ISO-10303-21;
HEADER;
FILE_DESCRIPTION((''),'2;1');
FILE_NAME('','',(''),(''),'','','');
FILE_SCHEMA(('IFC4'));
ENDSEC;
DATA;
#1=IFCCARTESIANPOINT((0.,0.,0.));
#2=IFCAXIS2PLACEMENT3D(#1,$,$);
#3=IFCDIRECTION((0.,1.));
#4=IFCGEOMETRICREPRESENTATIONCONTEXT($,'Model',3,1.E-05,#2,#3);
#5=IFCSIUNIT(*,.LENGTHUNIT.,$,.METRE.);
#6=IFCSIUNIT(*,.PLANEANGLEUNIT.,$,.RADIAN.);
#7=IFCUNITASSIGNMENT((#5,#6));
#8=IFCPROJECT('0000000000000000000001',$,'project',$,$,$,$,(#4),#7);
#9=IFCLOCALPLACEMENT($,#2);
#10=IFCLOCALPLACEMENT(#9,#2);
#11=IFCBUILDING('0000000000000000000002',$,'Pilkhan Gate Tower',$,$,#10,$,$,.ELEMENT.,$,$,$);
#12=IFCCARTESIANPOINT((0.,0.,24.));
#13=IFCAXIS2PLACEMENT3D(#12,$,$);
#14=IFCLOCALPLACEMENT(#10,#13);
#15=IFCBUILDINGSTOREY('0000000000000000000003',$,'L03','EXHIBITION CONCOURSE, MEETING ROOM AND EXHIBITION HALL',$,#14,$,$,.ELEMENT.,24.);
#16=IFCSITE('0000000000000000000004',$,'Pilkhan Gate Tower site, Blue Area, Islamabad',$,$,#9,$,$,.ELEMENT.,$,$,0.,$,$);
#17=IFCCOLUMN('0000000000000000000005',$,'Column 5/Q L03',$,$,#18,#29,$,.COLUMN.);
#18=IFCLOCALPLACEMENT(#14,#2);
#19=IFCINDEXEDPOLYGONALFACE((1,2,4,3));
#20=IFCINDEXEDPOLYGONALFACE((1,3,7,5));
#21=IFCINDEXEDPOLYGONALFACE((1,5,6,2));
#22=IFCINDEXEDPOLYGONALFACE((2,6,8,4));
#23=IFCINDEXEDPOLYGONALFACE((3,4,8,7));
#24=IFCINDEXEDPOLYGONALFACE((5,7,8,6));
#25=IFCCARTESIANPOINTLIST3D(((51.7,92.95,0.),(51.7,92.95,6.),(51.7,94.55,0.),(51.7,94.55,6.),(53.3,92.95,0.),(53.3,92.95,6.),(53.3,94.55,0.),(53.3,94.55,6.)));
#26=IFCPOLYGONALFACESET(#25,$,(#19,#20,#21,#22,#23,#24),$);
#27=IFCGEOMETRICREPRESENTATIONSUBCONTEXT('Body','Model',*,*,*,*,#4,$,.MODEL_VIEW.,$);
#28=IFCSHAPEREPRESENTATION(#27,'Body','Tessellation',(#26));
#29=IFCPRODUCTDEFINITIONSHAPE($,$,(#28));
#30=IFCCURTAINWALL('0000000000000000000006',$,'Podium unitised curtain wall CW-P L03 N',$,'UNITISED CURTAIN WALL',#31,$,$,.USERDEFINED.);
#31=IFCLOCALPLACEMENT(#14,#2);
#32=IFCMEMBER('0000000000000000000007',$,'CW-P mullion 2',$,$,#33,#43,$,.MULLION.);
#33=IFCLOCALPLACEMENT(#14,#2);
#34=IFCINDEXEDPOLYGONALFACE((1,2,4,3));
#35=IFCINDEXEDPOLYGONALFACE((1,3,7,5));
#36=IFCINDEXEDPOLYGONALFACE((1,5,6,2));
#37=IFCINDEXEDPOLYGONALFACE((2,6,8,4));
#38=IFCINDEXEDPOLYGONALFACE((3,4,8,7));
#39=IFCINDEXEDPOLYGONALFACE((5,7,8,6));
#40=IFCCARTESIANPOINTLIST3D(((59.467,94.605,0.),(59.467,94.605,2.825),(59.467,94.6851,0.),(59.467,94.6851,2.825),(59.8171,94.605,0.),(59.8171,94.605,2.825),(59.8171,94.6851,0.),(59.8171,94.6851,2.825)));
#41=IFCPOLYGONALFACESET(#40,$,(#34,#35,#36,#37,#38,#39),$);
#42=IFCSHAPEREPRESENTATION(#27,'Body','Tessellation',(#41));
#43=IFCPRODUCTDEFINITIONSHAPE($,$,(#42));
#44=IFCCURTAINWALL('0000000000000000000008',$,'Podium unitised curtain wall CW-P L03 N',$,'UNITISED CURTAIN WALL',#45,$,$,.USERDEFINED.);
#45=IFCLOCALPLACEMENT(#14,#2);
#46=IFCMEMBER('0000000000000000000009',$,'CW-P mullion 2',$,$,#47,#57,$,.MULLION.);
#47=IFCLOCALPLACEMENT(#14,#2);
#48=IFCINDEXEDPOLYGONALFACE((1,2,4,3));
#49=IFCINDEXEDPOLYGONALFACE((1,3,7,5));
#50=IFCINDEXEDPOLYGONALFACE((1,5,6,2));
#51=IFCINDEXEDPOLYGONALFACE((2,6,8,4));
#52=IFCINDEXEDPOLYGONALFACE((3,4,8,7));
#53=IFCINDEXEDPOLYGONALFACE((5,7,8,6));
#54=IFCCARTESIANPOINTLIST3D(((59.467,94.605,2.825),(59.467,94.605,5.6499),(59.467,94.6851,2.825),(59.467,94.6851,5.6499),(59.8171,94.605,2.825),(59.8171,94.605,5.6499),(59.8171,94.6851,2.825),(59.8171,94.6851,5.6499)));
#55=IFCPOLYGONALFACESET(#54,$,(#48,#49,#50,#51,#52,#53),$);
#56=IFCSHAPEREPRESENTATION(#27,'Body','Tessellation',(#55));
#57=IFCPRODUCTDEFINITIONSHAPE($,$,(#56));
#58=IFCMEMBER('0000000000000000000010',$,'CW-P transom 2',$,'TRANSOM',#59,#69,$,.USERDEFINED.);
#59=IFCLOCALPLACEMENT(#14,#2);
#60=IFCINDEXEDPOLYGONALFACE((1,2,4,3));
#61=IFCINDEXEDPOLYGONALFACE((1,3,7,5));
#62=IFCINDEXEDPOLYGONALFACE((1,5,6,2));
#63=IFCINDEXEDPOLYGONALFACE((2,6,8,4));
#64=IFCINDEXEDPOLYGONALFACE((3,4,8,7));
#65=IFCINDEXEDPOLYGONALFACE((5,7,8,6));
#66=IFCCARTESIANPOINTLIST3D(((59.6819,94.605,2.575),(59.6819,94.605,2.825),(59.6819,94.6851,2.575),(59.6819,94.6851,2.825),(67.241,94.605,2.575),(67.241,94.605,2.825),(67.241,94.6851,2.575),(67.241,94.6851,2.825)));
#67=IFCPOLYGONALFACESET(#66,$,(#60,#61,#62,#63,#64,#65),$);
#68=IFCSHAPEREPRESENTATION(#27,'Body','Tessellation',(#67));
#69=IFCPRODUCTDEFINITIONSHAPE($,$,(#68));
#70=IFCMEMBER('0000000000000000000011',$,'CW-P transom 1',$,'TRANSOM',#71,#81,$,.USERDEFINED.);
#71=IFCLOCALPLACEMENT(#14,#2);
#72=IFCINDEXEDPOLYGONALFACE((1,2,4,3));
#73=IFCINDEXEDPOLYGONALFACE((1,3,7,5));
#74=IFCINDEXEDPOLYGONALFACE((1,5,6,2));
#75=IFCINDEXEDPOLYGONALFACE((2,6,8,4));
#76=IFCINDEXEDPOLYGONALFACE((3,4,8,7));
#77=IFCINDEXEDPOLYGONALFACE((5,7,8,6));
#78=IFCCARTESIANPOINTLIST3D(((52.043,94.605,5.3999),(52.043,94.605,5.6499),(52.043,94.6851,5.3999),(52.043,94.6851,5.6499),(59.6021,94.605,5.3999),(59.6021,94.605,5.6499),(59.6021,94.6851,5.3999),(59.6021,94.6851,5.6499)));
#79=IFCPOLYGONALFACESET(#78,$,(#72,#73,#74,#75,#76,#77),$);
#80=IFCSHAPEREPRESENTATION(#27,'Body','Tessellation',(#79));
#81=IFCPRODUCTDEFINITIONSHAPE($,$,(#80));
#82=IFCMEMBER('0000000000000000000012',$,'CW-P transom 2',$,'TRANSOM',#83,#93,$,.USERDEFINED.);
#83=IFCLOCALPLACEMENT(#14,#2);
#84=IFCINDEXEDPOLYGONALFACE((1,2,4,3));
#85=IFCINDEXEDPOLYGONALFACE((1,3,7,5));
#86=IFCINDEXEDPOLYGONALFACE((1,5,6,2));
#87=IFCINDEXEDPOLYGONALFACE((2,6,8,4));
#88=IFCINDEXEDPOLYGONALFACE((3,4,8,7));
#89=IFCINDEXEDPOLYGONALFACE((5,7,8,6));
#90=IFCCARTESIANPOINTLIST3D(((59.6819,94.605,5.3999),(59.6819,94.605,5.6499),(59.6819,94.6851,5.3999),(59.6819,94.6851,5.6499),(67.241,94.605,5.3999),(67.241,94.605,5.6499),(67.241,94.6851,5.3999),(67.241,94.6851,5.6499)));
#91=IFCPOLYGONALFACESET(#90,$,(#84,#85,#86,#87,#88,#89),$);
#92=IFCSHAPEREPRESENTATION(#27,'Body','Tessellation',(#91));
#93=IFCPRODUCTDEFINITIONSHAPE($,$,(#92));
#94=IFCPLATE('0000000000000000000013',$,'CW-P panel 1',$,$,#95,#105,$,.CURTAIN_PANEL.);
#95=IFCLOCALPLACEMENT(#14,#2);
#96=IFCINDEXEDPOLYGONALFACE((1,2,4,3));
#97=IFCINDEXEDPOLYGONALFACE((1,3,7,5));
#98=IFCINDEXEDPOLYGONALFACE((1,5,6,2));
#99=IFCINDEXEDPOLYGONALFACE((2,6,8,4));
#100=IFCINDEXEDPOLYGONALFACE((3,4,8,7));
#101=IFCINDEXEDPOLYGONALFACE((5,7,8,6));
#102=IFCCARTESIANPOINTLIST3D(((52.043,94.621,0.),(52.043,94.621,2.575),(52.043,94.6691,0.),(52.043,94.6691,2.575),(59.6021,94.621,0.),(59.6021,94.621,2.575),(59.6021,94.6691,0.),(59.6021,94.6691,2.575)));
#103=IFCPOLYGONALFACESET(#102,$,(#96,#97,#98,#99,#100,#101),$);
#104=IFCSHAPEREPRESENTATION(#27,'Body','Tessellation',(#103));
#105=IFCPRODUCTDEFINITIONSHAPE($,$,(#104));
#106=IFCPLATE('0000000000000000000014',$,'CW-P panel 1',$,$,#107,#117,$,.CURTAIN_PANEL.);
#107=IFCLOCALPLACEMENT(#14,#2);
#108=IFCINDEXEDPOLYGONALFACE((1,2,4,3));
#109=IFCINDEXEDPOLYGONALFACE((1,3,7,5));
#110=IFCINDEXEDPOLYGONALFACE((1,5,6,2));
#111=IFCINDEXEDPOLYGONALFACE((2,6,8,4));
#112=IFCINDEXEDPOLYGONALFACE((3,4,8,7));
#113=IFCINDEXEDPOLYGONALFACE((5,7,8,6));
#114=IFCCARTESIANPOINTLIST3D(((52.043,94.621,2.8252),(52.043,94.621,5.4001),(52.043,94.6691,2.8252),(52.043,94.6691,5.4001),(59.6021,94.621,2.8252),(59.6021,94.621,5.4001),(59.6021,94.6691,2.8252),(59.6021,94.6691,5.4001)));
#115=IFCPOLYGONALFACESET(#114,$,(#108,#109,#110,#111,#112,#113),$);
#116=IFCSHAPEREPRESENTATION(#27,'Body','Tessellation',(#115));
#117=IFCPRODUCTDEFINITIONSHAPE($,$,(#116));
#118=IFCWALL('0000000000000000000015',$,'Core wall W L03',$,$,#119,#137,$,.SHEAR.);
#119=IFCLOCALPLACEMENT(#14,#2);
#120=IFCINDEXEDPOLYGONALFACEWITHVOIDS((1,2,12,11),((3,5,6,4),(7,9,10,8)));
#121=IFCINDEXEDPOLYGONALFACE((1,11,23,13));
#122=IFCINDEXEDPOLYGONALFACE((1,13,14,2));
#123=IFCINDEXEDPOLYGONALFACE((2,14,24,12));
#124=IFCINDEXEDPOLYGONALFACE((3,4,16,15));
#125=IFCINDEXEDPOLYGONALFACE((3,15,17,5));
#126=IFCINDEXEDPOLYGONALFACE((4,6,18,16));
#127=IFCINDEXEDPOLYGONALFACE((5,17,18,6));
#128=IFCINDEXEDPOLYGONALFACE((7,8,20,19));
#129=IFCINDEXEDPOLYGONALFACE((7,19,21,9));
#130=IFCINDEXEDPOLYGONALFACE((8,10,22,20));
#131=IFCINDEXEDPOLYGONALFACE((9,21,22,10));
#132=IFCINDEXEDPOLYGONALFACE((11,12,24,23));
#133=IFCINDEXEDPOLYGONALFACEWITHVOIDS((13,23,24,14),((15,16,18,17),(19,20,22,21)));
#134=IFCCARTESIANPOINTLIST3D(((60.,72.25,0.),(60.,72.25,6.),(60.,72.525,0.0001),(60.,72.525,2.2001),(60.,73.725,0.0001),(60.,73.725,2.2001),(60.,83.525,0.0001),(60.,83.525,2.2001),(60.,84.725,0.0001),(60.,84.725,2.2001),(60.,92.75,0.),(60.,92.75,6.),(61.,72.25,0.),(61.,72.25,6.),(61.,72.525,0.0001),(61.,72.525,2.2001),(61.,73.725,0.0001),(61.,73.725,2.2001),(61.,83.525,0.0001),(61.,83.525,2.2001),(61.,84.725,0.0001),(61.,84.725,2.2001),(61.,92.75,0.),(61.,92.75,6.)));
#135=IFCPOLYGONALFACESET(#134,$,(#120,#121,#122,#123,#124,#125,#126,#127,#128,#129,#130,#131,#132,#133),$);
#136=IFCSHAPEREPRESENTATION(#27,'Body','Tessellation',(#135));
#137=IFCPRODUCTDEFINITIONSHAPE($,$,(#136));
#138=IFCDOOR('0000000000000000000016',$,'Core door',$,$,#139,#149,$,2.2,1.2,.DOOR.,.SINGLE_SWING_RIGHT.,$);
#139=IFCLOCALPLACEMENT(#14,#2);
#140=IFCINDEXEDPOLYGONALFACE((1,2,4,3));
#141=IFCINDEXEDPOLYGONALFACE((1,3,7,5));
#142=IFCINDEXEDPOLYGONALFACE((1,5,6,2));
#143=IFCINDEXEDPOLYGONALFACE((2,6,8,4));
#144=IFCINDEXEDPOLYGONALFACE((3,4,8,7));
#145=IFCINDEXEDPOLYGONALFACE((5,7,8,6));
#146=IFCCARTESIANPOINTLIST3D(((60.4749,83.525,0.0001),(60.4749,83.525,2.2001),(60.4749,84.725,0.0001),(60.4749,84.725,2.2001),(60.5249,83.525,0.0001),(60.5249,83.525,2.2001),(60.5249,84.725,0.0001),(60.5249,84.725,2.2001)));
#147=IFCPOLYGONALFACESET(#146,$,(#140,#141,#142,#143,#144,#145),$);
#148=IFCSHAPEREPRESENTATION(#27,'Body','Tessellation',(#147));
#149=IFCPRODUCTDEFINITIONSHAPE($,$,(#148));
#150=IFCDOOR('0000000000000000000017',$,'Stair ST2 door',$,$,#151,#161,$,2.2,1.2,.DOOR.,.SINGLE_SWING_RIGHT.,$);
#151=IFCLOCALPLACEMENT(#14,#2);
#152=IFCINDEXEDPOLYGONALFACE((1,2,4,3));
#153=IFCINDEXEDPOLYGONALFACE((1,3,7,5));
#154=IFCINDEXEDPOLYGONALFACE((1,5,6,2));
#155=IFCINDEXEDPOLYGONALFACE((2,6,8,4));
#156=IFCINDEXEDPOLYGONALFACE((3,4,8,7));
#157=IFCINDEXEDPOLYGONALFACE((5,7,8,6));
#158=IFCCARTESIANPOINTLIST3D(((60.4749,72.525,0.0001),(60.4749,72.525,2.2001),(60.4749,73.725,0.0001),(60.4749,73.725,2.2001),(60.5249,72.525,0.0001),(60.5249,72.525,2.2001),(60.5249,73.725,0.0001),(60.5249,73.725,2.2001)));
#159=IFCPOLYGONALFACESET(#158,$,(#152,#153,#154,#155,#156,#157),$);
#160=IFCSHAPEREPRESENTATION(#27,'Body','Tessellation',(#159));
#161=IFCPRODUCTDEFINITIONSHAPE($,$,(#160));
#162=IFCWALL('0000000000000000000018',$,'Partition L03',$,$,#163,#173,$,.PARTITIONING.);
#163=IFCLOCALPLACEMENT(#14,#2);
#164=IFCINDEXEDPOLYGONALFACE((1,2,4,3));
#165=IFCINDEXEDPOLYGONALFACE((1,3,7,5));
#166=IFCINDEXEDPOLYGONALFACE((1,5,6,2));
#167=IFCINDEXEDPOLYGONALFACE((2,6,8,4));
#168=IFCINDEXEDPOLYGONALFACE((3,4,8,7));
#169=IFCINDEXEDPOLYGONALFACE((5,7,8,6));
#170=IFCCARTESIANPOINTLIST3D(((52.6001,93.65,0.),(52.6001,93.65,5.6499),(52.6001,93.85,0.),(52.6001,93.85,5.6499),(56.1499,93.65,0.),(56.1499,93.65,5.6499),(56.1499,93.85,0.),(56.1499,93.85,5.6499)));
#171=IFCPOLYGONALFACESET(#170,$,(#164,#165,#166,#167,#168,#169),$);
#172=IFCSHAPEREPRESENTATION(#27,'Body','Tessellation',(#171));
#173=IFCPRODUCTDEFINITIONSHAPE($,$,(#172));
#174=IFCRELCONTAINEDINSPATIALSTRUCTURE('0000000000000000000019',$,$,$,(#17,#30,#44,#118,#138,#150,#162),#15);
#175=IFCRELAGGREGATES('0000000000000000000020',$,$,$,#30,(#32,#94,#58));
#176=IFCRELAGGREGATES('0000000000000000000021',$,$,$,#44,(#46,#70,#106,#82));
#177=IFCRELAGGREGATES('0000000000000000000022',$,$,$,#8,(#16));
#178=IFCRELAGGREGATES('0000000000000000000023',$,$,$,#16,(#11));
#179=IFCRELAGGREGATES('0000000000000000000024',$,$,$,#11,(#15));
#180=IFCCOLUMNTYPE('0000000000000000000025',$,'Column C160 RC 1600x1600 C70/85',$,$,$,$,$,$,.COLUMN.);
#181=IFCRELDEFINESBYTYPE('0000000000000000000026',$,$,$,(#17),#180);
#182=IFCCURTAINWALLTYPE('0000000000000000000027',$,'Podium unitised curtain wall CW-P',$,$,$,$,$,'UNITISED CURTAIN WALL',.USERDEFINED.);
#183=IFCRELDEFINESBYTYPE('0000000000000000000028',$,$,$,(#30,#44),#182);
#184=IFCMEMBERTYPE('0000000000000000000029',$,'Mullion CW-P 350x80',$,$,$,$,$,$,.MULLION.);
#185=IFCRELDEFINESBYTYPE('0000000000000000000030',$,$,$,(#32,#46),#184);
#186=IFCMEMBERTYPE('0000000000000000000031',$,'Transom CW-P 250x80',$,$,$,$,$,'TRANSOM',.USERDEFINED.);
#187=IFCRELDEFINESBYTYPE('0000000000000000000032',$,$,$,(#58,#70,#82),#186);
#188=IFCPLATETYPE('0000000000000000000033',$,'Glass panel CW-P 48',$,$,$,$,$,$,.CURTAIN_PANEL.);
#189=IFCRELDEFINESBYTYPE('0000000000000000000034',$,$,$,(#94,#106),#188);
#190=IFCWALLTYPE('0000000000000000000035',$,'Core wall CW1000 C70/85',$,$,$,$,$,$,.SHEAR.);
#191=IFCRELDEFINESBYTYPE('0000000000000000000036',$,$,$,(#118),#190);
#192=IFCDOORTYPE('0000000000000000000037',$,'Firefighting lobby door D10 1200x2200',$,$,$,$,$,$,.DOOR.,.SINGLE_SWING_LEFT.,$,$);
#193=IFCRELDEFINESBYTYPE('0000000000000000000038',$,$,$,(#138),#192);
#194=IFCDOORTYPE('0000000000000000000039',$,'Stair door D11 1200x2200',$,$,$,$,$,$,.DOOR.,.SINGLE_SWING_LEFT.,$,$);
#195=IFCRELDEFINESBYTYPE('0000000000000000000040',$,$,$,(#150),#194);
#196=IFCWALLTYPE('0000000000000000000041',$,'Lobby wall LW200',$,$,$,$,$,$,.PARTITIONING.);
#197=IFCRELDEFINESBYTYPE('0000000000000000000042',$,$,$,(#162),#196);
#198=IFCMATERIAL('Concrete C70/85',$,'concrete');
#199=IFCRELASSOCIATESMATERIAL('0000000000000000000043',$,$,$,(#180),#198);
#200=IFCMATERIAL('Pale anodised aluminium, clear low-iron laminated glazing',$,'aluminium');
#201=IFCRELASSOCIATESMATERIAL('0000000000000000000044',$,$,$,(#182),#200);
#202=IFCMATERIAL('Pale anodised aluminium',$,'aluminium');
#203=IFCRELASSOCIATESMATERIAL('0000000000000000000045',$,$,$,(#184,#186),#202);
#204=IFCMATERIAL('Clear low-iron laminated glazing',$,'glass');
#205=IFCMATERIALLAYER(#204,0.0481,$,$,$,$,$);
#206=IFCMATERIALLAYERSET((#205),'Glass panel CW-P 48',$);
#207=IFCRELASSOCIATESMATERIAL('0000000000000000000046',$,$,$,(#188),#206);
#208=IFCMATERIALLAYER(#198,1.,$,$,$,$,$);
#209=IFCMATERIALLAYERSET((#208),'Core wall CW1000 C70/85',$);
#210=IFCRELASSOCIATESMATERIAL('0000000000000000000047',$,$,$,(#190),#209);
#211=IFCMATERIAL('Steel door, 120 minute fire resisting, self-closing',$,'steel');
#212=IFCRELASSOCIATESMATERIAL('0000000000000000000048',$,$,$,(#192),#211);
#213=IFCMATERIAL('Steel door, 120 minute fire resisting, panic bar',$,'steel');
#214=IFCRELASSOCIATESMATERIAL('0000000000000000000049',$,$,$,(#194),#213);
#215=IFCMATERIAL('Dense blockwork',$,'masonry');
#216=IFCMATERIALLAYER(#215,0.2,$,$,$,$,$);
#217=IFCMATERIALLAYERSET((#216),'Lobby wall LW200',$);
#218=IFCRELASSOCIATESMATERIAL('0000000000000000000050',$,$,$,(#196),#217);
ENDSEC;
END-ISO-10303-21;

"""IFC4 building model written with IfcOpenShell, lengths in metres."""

from ifc_helpers import new_model, si_unit, direction, frame, frame_2d, origin, origin_2d, place, context, subcontext, project, spatial, rectangle, extrude, material, layer, layer_set, material_profile, profile_set, type_object, element, fill, aggregate, save


model = new_model("IFC4")

# Units and contexts
model_context = context("Model", 3, precision=1e-05, world=origin(), true_north=direction((0.0, 1.0)))
body_context = subcontext(model_context, "Body", "Model", "MODEL_VIEW")
ifc_project = project(units=[si_unit("LENGTHUNIT", "METRE"), si_unit("PLANEANGLEUNIT", "RADIAN")], contexts=[model_context])

# Site, building, storey
site_placement = place(None, origin())
site = spatial("IfcSite", under=ifc_project, at=site_placement, Name="Pilkhan Gate Tower site, Blue Area, Islamabad", CompositionType="ELEMENT", RefElevation=0.0)
building_placement = place(site_placement, origin())
building = spatial("IfcBuilding", under=site, at=building_placement, Name="Pilkhan Gate Tower", CompositionType="ELEMENT")
storey_placement = place(building_placement, frame((0.0, 0.0, 24.0)))
storey = spatial("IfcBuildingStorey", under=building, at=storey_placement, Name="L03", Description="EXHIBITION CONCOURSE, MEETING ROOM AND EXHIBITION HALL", CompositionType="ELEMENT", Elevation=24.0)

# Column
ifc_material_1 = material(Name="Concrete C70/85", Category="concrete")
ifc_material_profile_1 = material_profile(ifc_material_1, rectangle(XDim=1.6001, YDim=1.6001, at=origin_2d()), Name="RC 1600x1600")
ifc_profile_set_1 = profile_set([ifc_material_profile_1], Name="Concrete C70/85")
column_type = type_object("IfcColumnType", Name="Column C160 RC 1600x1600 C70/85", PredefinedType="COLUMN", material=ifc_profile_set_1)
column_placement = place(storey_placement, frame((52.5, 93.75, 0.0), z_axis=(0.0, 0.0, 1.0), x_axis=(1.0, 0.0, 0.0)))
element("IfcColumn", 1, at=column_placement, inside=storey, type_object=column_type, Name="Column 5/Q L03", PredefinedType="COLUMN", context=body_context, shape_type="SweptSolid", body=[
    extrude(rectangle(XDim=1.6001, YDim=1.6001, at=origin_2d()), origin(), (0.0, 0.0, 1.0), 6.0),
])

# Curtain walls, members
ifc_material_2 = material(Name="Pale anodised aluminium, clear low-iron laminated glazing", Category="aluminium")
curtain_wall_type = type_object("IfcCurtainWallType", Name="Podium unitised curtain wall CW-P", ElementType="UNITISED CURTAIN WALL", PredefinedType="USERDEFINED", material=ifc_material_2)
curtain_wall_1_placement = place(storey_placement, origin())
curtain_wall_1 = element("IfcCurtainWall", 2, at=curtain_wall_1_placement, inside=storey, type_object=curtain_wall_type, Name="Podium unitised curtain wall CW-P L03 N", ObjectType="UNITISED CURTAIN WALL", PredefinedType="USERDEFINED")
ifc_material_3 = material(Name="Pale anodised aluminium", Category="aluminium")
ifc_material_profile_2 = material_profile(ifc_material_3, rectangle(XDim=0.0801, YDim=0.3501, at=origin_2d()), Name="Mullion 350x80")
ifc_profile_set_2 = profile_set([ifc_material_profile_2], Name="Pale anodised aluminium")
member_type_1 = type_object("IfcMemberType", Name="Mullion CW-P 350x80", PredefinedType="MULLION", material=ifc_profile_set_2)
member_1_placement = place(storey_placement, frame((59.6421, 94.645, 0.0), z_axis=(0.0, 0.0, 1.0), x_axis=(0.0, 1.0, 0.0)))
member_1 = element("IfcMember", 3, at=member_1_placement, type_object=member_type_1, Name="CW-P mullion 2", PredefinedType="MULLION", context=body_context, shape_type="SweptSolid", body=[
    extrude(rectangle(XDim=0.0801, YDim=0.3501, at=origin_2d()), origin(), (0.0, 0.0, 1.0), 2.825),
])
curtain_wall_2_placement = place(storey_placement, origin())
curtain_wall_2 = element("IfcCurtainWall", 4, at=curtain_wall_2_placement, inside=storey, type_object=curtain_wall_type, Name="Podium unitised curtain wall CW-P L03 N", ObjectType="UNITISED CURTAIN WALL", PredefinedType="USERDEFINED")
member_2_placement = place(storey_placement, frame((59.6421, 94.645, 2.825), z_axis=(0.0, 0.0, 1.0), x_axis=(0.0, 1.0, 0.0)))
member_2 = element("IfcMember", 5, at=member_2_placement, type_object=member_type_1, Name="CW-P mullion 2", PredefinedType="MULLION", context=body_context, shape_type="SweptSolid", body=[
    extrude(rectangle(XDim=0.0801, YDim=0.3501, at=origin_2d()), origin(), (0.0, 0.0, 1.0), 2.825),
])

# Members
ifc_material_profile_3 = material_profile(ifc_material_3, rectangle(XDim=0.0801, YDim=0.25, at=origin_2d()), Name="Transom 250x80")
ifc_profile_set_3 = profile_set([ifc_material_profile_3], Name="Pale anodised aluminium")
member_type_2 = type_object("IfcMemberType", Name="Transom CW-P 250x80", ElementType="TRANSOM", PredefinedType="USERDEFINED", material=ifc_profile_set_3)
member_3_placement = place(storey_placement, frame((59.6819, 94.645, 2.7), z_axis=(1.0, 0.0, 0.0), x_axis=(0.0, 1.0, 0.0)))
member_3 = element("IfcMember", 6, at=member_3_placement, type_object=member_type_2, Name="CW-P transom 2", ObjectType="TRANSOM", PredefinedType="USERDEFINED", context=body_context, shape_type="SweptSolid", body=[
    extrude(rectangle(XDim=0.0801, YDim=0.25, at=origin_2d()), origin(), (0.0, 0.0, 1.0), 7.5591),
])
member_4_placement = place(storey_placement, frame((52.043, 94.645, 5.5249), z_axis=(1.0, 0.0, 0.0), x_axis=(0.0, 1.0, 0.0)))
member_4 = element("IfcMember", 7, at=member_4_placement, type_object=member_type_2, Name="CW-P transom 1", ObjectType="TRANSOM", PredefinedType="USERDEFINED", context=body_context, shape_type="SweptSolid", body=[
    extrude(rectangle(XDim=0.0801, YDim=0.25, at=origin_2d()), origin(), (0.0, 0.0, 1.0), 7.5591),
])
member_5_placement = place(storey_placement, frame((59.6819, 94.645, 5.5249), z_axis=(1.0, 0.0, 0.0), x_axis=(0.0, 1.0, 0.0)))
member_5 = element("IfcMember", 8, at=member_5_placement, type_object=member_type_2, Name="CW-P transom 2", ObjectType="TRANSOM", PredefinedType="USERDEFINED", context=body_context, shape_type="SweptSolid", body=[
    extrude(rectangle(XDim=0.0801, YDim=0.25, at=origin_2d()), origin(), (0.0, 0.0, 1.0), 7.5591),
])

# Plates
ifc_material_4 = material(Name="Clear low-iron laminated glazing", Category="glass")
ifc_layer_1 = layer(ifc_material_4, 0.0481)
ifc_layer_set_1 = layer_set([ifc_layer_1], Name="Glass panel CW-P 48")
plate_type = type_object("IfcPlateType", Name="Glass panel CW-P 48", PredefinedType="CURTAIN_PANEL", material=ifc_layer_set_1)
plate_1_placement = place(storey_placement, frame((55.8225, 94.645, 0.0), z_axis=(0.0, 0.0, 1.0), x_axis=(1.0, 0.0, 0.0)))
plate_1 = element("IfcPlate", 9, at=plate_1_placement, type_object=plate_type, Name="CW-P panel 1", PredefinedType="CURTAIN_PANEL", context=body_context, shape_type="SweptSolid", body=[
    extrude(rectangle(XDim=7.5591, YDim=0.0481, at=origin_2d()), origin(), (0.0, 0.0, 1.0), 2.575),
])
aggregate(curtain_wall_1, [member_1, plate_1, member_3])
plate_2_placement = place(storey_placement, frame((55.8225, 94.645, 2.8252), z_axis=(0.0, 0.0, 1.0), x_axis=(1.0, 0.0, 0.0)))
plate_2 = element("IfcPlate", 10, at=plate_2_placement, type_object=plate_type, Name="CW-P panel 1", PredefinedType="CURTAIN_PANEL", context=body_context, shape_type="SweptSolid", body=[
    extrude(rectangle(XDim=7.5591, YDim=0.0481, at=origin_2d()), origin(), (0.0, 0.0, 1.0), 2.575),
])
aggregate(curtain_wall_2, [member_2, member_4, plate_2, member_5])

# Wall, openings, doors
ifc_layer_2 = layer(ifc_material_1, 1.0)
ifc_layer_set_2 = layer_set([ifc_layer_2], Name="Core wall CW1000 C70/85")
wall_type_1 = type_object("IfcWallType", Name="Core wall CW1000 C70/85", PredefinedType="SHEAR", material=ifc_layer_set_2)
wall_1_placement = place(storey_placement, frame((60.5, 92.75, 0.0), z_axis=(0.0, 0.0, 1.0), x_axis=(0.0, -1.0, 0.0)))
wall_1 = element("IfcWall", 11, at=wall_1_placement, inside=storey, type_object=wall_type_1, Name="Core wall W L03", PredefinedType="SHEAR", context=body_context, shape_type="SweptSolid", body=[
    extrude(rectangle(XDim=20.5, YDim=1.0, at=frame_2d((10.25, 0.0))), origin(), (0.0, 0.0, 1.0), 6.0),
])
opening_1_placement = place(wall_1_placement, frame((19.0249, 0.0, 0.0)))
opening_1 = element("IfcOpeningElement", 12, at=opening_1_placement, cuts=wall_1, PredefinedType="OPENING", context=body_context, shape_type="SweptSolid", body=[
    extrude(rectangle(XDim=1.2, YDim=2.2, at=frame_2d((0.6001, 1.1001))), frame((0.0, 0.51, 0.0), z_axis=(0.0, -1.0, 0.0), x_axis=(1.0, 0.0, 0.0)), (0.0, 0.0, 1.0), 1.02),
])
opening_2_placement = place(wall_1_placement, frame((8.0249, 0.0, 0.0)))
opening_2 = element("IfcOpeningElement", 13, at=opening_2_placement, cuts=wall_1, PredefinedType="OPENING", context=body_context, shape_type="SweptSolid", body=[
    extrude(rectangle(XDim=1.2, YDim=2.2, at=frame_2d((0.6001, 1.1001))), frame((0.0, 0.51, 0.0), z_axis=(0.0, -1.0, 0.0), x_axis=(1.0, 0.0, 0.0)), (0.0, 0.0, 1.0), 1.02),
])
ifc_material_5 = material(Name="Steel door, 120 minute fire resisting, self-closing", Category="steel")
door_type_1 = type_object("IfcDoorType", Name="Firefighting lobby door D10 1200x2200", OperationType="SINGLE_SWING_LEFT", PredefinedType="DOOR", material=ifc_material_5)
door_1_placement = place(opening_2_placement, origin())
door_1 = element("IfcDoor", 14, at=door_1_placement, inside=storey, type_object=door_type_1, Name="Core door", OperationType="SINGLE_SWING_RIGHT", OverallHeight=2.2, OverallWidth=1.2, PredefinedType="DOOR", context=body_context, shape_type="SweptSolid", body=[
    extrude(rectangle(XDim=1.2, YDim=2.2, at=frame_2d((0.6001, 1.1001))), frame((0.0, 0.0249, 0.0), z_axis=(0.0, -1.0, 0.0), x_axis=(1.0, 0.0, 0.0)), (0.0, 0.0, 1.0), 0.05),
])
fill(opening_2, door_1)
ifc_material_6 = material(Name="Steel door, 120 minute fire resisting, panic bar", Category="steel")
door_type_2 = type_object("IfcDoorType", Name="Stair door D11 1200x2200", OperationType="SINGLE_SWING_LEFT", PredefinedType="DOOR", material=ifc_material_6)
door_2_placement = place(opening_1_placement, origin())
door_2 = element("IfcDoor", 15, at=door_2_placement, inside=storey, type_object=door_type_2, Name="Stair ST2 door", OperationType="SINGLE_SWING_RIGHT", OverallHeight=2.2, OverallWidth=1.2, PredefinedType="DOOR", context=body_context, shape_type="SweptSolid", body=[
    extrude(rectangle(XDim=1.2, YDim=2.2, at=frame_2d((0.6001, 1.1001))), frame((0.0, 0.0249, 0.0), z_axis=(0.0, -1.0, 0.0), x_axis=(1.0, 0.0, 0.0)), (0.0, 0.0, 1.0), 0.05),
])
fill(opening_1, door_2)

# Wall
ifc_material_7 = material(Name="Dense blockwork", Category="masonry")
ifc_layer_3 = layer(ifc_material_7, 0.2)
ifc_layer_set_3 = layer_set([ifc_layer_3], Name="Lobby wall LW200")
wall_type_2 = type_object("IfcWallType", Name="Lobby wall LW200", PredefinedType="PARTITIONING", material=ifc_layer_set_3)
wall_2_placement = place(storey_placement, frame((52.6001, 93.75, 0.0), z_axis=(0.0, 0.0, 1.0), x_axis=(1.0, 0.0, 0.0)))
element("IfcWall", 16, at=wall_2_placement, inside=storey, type_object=wall_type_2, Name="Partition L03", PredefinedType="PARTITIONING", context=body_context, shape_type="SweptSolid", body=[
    extrude(rectangle(XDim=3.5498, YDim=0.2, at=frame_2d((1.7749, 0.0))), origin(), (0.0, 0.0, 1.0), 5.6499),
])

save(model, "model.ifc")
